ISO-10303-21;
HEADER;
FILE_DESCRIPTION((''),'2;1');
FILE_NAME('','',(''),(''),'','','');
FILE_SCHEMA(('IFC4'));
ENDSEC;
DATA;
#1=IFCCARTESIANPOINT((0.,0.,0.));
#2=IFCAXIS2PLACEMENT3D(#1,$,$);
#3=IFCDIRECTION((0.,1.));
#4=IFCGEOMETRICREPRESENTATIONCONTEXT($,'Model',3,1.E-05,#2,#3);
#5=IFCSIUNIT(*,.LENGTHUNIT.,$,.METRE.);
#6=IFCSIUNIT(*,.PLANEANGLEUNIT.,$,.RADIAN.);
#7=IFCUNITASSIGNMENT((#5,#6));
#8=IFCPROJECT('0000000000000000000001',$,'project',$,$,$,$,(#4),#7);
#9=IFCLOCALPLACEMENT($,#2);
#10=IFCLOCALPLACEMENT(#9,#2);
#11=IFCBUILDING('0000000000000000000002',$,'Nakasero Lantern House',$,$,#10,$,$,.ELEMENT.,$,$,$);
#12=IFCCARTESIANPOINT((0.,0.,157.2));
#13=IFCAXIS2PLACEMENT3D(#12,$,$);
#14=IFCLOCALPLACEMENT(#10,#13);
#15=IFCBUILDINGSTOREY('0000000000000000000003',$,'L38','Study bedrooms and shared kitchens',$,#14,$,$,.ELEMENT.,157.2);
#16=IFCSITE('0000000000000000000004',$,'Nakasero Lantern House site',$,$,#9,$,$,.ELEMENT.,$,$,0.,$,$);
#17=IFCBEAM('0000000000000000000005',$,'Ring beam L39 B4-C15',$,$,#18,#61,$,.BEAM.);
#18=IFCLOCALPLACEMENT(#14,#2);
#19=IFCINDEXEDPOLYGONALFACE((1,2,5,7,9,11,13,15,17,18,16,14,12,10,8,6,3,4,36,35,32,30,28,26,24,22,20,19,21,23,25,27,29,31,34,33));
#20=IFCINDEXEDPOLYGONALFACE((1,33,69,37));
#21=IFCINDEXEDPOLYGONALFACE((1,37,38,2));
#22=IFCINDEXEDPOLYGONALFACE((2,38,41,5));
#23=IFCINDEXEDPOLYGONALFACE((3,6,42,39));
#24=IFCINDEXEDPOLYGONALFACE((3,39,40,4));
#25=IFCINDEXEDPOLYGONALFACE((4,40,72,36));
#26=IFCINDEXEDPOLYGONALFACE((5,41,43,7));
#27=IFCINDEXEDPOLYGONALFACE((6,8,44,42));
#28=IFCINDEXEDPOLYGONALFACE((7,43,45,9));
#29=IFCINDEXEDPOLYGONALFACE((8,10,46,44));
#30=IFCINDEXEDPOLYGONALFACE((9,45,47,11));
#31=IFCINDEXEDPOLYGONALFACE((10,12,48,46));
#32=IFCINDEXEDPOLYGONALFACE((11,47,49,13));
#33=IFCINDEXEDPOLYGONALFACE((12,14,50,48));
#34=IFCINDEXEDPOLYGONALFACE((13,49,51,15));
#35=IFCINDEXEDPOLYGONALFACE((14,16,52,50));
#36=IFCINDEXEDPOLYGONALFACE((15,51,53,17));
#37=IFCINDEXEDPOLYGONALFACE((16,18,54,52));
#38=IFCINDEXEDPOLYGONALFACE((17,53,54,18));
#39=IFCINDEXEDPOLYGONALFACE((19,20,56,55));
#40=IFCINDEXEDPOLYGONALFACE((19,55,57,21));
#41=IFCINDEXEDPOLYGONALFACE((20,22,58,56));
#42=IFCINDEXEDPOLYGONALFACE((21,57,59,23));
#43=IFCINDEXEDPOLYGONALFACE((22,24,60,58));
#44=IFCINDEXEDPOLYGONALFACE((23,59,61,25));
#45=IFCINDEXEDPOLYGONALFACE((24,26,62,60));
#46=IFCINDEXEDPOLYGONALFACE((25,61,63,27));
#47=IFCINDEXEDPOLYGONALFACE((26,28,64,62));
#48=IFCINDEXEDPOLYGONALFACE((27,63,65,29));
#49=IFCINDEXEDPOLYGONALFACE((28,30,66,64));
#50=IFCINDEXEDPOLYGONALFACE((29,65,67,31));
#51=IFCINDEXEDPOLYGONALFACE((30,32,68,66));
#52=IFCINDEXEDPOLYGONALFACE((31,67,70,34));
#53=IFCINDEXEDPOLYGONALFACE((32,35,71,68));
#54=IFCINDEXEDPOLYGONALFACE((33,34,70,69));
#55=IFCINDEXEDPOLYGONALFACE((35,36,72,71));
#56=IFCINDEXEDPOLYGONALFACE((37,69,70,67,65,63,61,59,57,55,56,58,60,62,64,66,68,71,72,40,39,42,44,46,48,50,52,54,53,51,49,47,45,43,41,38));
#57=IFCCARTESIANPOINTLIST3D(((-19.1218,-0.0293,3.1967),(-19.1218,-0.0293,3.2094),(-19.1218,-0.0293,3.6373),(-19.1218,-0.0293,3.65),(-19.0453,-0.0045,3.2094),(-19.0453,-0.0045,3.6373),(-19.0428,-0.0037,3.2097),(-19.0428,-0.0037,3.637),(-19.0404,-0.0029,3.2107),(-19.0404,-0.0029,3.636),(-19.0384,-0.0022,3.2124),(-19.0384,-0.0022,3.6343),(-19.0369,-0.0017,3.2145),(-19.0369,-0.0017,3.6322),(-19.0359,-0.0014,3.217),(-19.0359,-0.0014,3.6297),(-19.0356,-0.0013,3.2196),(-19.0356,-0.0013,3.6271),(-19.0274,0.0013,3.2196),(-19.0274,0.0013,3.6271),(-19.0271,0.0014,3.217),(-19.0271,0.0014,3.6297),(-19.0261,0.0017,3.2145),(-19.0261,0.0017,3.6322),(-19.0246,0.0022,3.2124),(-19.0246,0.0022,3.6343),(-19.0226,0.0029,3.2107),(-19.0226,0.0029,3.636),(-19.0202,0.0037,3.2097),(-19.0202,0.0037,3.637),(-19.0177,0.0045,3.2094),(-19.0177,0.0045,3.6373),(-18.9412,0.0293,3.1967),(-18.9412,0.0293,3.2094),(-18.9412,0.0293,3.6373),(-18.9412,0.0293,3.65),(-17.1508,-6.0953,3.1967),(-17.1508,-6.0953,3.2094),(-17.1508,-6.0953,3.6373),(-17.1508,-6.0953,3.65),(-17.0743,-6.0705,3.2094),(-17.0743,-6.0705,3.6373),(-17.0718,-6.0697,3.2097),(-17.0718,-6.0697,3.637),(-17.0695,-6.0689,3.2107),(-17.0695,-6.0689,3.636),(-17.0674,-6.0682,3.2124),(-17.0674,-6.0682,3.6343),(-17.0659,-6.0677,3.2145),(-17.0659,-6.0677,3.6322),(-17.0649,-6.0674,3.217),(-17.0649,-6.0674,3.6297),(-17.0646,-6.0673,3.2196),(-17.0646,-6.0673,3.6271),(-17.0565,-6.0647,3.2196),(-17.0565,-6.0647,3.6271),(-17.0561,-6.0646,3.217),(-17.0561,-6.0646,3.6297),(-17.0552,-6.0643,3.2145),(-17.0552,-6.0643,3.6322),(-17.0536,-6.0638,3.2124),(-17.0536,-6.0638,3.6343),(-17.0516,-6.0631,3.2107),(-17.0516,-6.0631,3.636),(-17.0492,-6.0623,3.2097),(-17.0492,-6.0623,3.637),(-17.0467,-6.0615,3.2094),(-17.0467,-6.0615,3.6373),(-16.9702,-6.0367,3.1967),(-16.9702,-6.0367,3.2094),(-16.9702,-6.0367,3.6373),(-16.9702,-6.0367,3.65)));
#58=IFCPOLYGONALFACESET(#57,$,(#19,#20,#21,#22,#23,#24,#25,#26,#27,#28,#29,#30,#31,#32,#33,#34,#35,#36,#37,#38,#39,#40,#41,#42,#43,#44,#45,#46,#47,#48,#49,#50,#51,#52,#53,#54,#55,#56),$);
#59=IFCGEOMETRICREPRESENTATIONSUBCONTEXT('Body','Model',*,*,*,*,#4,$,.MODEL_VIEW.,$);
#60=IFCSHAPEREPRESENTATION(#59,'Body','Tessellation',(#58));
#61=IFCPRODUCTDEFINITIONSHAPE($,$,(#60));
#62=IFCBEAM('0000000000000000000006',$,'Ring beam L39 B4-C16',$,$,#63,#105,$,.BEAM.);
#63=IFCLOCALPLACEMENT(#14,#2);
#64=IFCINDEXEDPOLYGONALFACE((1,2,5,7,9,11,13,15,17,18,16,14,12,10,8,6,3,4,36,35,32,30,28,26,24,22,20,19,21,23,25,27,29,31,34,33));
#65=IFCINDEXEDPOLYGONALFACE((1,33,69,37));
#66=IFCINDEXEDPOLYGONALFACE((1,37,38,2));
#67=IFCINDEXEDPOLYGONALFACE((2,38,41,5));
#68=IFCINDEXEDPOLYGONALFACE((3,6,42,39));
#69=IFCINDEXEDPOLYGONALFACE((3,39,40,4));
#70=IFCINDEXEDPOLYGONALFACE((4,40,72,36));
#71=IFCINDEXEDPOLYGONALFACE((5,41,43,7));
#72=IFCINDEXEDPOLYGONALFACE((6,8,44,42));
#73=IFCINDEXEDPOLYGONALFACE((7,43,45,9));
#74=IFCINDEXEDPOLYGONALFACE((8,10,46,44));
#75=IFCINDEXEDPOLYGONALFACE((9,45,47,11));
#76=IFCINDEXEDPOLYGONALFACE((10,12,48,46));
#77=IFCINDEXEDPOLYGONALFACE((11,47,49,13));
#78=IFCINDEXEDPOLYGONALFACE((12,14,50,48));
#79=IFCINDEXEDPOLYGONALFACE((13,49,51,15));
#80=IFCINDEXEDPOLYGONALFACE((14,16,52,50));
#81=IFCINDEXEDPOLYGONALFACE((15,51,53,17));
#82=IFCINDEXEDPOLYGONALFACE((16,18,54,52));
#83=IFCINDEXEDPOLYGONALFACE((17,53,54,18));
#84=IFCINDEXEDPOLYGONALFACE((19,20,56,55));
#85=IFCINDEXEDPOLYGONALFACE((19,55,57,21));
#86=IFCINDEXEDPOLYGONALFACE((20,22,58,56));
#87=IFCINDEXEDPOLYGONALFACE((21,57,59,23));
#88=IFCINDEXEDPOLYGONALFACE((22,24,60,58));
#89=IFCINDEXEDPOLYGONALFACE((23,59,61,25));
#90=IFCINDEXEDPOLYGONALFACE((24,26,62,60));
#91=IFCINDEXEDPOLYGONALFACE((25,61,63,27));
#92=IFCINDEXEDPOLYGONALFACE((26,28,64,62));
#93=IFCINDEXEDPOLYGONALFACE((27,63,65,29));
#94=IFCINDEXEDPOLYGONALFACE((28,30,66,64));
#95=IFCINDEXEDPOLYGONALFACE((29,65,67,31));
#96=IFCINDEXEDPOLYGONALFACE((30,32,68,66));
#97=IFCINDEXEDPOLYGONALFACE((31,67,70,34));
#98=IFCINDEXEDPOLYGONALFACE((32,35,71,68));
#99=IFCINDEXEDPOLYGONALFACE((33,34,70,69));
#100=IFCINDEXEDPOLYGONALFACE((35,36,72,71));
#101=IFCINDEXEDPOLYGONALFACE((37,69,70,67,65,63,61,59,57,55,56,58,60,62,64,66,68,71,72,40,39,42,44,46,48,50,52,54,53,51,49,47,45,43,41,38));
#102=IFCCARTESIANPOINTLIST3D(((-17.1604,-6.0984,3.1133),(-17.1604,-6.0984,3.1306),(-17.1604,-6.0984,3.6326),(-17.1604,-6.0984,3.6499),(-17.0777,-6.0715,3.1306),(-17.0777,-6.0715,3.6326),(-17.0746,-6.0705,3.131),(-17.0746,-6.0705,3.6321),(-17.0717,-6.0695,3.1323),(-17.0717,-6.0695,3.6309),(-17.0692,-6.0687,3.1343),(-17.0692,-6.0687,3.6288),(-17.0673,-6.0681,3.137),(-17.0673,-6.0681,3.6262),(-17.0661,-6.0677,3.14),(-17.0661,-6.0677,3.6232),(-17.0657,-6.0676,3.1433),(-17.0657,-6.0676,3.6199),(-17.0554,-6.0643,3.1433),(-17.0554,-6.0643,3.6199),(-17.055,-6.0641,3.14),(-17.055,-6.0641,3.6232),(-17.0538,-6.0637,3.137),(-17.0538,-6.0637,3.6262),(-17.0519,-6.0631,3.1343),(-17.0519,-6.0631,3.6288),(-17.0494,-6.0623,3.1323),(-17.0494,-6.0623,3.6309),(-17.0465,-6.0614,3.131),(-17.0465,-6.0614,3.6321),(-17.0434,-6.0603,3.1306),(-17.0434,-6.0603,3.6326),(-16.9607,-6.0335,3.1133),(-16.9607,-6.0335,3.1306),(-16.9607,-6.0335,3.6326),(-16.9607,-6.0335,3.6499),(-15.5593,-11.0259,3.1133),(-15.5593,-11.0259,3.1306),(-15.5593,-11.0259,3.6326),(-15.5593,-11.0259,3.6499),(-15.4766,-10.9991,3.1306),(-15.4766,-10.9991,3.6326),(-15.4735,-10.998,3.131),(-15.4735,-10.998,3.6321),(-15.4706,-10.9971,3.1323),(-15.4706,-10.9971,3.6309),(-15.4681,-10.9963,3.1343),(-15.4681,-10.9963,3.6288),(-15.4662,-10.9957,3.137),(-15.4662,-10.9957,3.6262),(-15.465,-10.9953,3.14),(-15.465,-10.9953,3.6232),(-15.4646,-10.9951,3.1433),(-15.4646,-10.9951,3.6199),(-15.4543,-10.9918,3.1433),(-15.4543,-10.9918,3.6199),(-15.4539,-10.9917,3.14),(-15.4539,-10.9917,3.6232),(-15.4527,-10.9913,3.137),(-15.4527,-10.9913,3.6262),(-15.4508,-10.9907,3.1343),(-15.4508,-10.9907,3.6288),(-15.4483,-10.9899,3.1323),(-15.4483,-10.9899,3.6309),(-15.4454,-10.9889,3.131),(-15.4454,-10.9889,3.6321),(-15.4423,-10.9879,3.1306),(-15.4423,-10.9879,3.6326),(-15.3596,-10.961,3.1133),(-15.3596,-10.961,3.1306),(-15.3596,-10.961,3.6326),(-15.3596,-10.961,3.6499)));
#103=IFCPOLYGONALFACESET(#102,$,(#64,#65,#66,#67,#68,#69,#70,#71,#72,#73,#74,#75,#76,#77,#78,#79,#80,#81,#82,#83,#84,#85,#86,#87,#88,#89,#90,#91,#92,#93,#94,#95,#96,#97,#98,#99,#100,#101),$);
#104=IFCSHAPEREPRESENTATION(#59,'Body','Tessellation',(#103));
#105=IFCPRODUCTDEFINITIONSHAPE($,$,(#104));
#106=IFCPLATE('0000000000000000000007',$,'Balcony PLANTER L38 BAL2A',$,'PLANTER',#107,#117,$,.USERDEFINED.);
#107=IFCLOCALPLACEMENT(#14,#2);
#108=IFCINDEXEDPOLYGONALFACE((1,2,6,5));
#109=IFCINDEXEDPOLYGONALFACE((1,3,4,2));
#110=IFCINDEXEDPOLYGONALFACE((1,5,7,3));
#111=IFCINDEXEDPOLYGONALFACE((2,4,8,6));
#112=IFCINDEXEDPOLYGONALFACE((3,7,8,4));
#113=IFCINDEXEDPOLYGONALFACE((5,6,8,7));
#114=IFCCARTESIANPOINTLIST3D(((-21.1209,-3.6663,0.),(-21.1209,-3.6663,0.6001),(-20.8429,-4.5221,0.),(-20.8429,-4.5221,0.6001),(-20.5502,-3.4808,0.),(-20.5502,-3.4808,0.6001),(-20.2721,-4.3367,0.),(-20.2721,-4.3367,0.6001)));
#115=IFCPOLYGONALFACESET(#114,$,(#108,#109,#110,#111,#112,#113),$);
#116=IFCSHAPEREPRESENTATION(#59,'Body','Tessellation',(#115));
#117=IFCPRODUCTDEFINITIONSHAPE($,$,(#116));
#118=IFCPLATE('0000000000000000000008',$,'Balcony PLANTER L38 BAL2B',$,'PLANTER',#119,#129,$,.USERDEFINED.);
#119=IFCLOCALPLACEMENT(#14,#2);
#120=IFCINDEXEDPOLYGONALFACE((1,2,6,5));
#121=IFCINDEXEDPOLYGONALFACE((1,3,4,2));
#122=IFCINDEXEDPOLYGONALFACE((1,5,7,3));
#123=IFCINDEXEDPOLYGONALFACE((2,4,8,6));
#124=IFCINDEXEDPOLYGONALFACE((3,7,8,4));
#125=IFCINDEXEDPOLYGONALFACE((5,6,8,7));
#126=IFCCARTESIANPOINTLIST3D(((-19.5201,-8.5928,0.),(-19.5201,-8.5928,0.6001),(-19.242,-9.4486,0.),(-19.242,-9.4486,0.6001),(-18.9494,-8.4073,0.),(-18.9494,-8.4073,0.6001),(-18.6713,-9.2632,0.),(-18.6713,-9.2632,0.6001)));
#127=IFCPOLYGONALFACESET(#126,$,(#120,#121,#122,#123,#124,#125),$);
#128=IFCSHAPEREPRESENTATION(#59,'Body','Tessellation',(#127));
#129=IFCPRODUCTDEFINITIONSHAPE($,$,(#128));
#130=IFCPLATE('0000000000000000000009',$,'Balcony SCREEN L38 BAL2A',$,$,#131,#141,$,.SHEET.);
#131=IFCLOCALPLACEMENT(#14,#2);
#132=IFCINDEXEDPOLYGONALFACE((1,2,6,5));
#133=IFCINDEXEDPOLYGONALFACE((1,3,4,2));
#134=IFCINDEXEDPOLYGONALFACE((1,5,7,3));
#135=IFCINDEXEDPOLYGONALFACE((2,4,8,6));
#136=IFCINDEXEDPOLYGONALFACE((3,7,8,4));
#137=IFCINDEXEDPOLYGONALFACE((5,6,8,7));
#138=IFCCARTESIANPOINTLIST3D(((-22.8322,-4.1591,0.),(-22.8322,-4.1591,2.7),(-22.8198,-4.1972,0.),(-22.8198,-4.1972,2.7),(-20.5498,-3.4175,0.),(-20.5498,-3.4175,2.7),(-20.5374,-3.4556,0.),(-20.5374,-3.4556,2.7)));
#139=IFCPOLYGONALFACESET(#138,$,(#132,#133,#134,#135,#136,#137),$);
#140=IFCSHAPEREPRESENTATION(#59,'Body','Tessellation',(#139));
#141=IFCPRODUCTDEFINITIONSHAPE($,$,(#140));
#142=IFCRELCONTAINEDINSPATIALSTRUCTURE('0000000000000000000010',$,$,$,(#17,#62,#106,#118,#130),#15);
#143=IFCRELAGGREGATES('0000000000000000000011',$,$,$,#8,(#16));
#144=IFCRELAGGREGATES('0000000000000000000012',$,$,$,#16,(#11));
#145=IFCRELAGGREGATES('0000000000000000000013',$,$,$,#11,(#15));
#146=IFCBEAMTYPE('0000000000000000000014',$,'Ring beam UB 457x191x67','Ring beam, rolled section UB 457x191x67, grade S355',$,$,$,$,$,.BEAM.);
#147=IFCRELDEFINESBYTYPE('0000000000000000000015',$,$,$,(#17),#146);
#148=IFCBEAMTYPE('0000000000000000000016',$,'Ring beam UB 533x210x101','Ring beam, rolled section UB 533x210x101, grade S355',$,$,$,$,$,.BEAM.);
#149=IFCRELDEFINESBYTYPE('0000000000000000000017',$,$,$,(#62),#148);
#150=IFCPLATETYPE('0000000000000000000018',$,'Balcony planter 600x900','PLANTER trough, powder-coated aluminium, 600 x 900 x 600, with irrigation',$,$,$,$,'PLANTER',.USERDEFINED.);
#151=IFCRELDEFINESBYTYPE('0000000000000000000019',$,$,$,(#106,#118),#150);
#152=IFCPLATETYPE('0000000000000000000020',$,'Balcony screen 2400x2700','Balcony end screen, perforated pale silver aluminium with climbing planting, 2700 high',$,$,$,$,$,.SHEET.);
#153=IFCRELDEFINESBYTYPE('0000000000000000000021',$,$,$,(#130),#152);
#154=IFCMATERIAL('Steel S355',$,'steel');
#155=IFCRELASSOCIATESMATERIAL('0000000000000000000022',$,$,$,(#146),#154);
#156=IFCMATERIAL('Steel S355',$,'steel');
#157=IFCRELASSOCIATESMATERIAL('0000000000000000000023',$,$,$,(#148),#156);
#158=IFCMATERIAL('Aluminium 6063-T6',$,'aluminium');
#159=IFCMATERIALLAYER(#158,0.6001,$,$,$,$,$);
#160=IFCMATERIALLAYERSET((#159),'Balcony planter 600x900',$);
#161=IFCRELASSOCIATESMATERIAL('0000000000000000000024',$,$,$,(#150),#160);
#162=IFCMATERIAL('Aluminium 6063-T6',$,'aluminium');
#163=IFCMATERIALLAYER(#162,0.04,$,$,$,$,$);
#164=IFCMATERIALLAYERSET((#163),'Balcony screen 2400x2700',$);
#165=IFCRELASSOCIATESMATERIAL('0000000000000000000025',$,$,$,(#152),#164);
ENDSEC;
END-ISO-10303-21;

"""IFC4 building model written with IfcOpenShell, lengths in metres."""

from ifc_helpers import new_model, si_unit, direction, frame, origin, origin_2d, place, context, subcontext, project, spatial, rectangle, i_section, extrude, material, layer, layer_set, material_profile, profile_set, type_object, element, save


model = new_model("IFC4")

# Units and contexts
model_context = context("Model", 3, precision=1e-05, world=origin(), true_north=direction((0.0, 1.0)))
body_context = subcontext(model_context, "Body", "Model", "MODEL_VIEW")
ifc_project = project(units=[si_unit("LENGTHUNIT", "METRE"), si_unit("PLANEANGLEUNIT", "RADIAN")], contexts=[model_context])

# Site, building, storey
site_placement = place(None, origin())
site = spatial("IfcSite", under=ifc_project, at=site_placement, Name="Nakasero Lantern House site", CompositionType="ELEMENT", RefElevation=0.0)
building_placement = place(site_placement, origin())
building = spatial("IfcBuilding", under=site, at=building_placement, Name="Nakasero Lantern House", CompositionType="ELEMENT")
storey_placement = place(building_placement, frame((0.0, 0.0, 157.2)))
storey = spatial("IfcBuildingStorey", under=building, at=storey_placement, Name="L38", Description="Study bedrooms and shared kitchens", CompositionType="ELEMENT", Elevation=157.2)

# Beams
ifc_material_1 = material(Name="Steel S355", Category="steel")
ifc_material_profile_1 = material_profile(ifc_material_1, i_section(OverallWidth=0.1899, OverallDepth=0.4534, WebThickness=0.0085, FlangeThickness=0.0127, FilletRadius=0.0103, at=origin_2d()), Name="UB 457x191x67")
ifc_profile_set_1 = profile_set([ifc_material_profile_1], Name="Steel S355")
beam_type_1 = type_object("IfcBeamType", Name="Ring beam UB 457x191x67", Description="Ring beam, rolled section UB 457x191x67, grade S355", PredefinedType="BEAM", material=ifc_profile_set_1)
beam_1_placement = place(storey_placement, frame((-19.0315, 0.0, 3.4233), z_axis=(0.309019, -0.951056, 0.0), x_axis=(0.951056, 0.309019, 0.0)))
element("IfcBeam", 1, at=beam_1_placement, inside=storey, type_object=beam_type_1, Name="Ring beam L39 B4-C15", PredefinedType="BEAM", context=body_context, shape_type="SweptSolid", body=[
    extrude(i_section(OverallWidth=0.1899, OverallDepth=0.4534, WebThickness=0.0085, FlangeThickness=0.0127, FilletRadius=0.0103, at=origin_2d()), origin(), (0.0, 0.0, 1.0), 6.3782),
])
ifc_material_2 = material(Name="Steel S355", Category="steel")
ifc_material_profile_2 = material_profile(ifc_material_2, i_section(OverallWidth=0.21, OverallDepth=0.5366, WebThickness=0.0107, FlangeThickness=0.0173, FilletRadius=0.0127, at=origin_2d()), Name="UB 533x210x101")
ifc_profile_set_2 = profile_set([ifc_material_profile_2], Name="Steel S355")
beam_type_2 = type_object("IfcBeamType", Name="Ring beam UB 533x210x101", Description="Ring beam, rolled section UB 533x210x101, grade S355", PredefinedType="BEAM", material=ifc_profile_set_2)
beam_2_placement = place(storey_placement, frame((-17.0605, -6.0659, 3.3816), z_axis=(0.309023, -0.951054, 0.0), x_axis=(0.951054, 0.309023, 0.0)))
element("IfcBeam", 2, at=beam_2_placement, inside=storey, type_object=beam_type_2, Name="Ring beam L39 B4-C16", PredefinedType="BEAM", context=body_context, shape_type="SweptSolid", body=[
    extrude(i_section(OverallWidth=0.21, OverallDepth=0.5366, WebThickness=0.0107, FlangeThickness=0.0173, FilletRadius=0.0127, at=origin_2d()), origin(), (0.0, 0.0, 1.0), 5.1812),
])

# Plates
ifc_material_3 = material(Name="Aluminium 6063-T6", Category="aluminium")
ifc_layer_1 = layer(ifc_material_3, 0.6001)
ifc_layer_set_1 = layer_set([ifc_layer_1], Name="Balcony planter 600x900")
plate_type_1 = type_object("IfcPlateType", Name="Balcony planter 600x900", Description="PLANTER trough, powder-coated aluminium, 600 x 900 x 600, with irrigation", ElementType="PLANTER", PredefinedType="USERDEFINED", material=ifc_layer_set_1)
for number, where, z_axis, x_axis, name in (
    (3, (-20.6965, -4.0015, 0.0), (0.0, 0.0, 1.0), (-0.951057, -0.309017, 0.0), "Balcony PLANTER L38 BAL2A"),
    (4, (-19.0957, -8.928, 0.0), (0.0, 0.0, 1.0), (-0.951057, -0.309017, 0.0), "Balcony PLANTER L38 BAL2B"),
):
    element("IfcPlate", number, at=place(storey_placement, frame(where, z_axis=z_axis, x_axis=x_axis)), inside=storey, type_object=plate_type_1, Name=name, ObjectType="PLANTER", PredefinedType="USERDEFINED", context=body_context, shape_type="SweptSolid", body=[
        extrude(rectangle(XDim=0.6001, YDim=0.8999, at=origin_2d()), origin(), (0.0, 0.0, 1.0), 0.6001),
    ])
ifc_material_4 = material(Name="Aluminium 6063-T6", Category="aluminium")
ifc_layer_2 = layer(ifc_material_4, 0.04)
ifc_layer_set_2 = layer_set([ifc_layer_2], Name="Balcony screen 2400x2700")
plate_type_2 = type_object("IfcPlateType", Name="Balcony screen 2400x2700", Description="Balcony end screen, perforated pale silver aluminium with climbing planting, 2700 high", PredefinedType="SHEET", material=ifc_layer_set_2)
plate_placement = place(storey_placement, frame((-21.6848, -3.8074, 0.0), z_axis=(0.0, 0.0, 1.0), x_axis=(-0.951057, -0.309017, 0.0)))
element("IfcPlate", 5, at=plate_placement, inside=storey, type_object=plate_type_2, Name="Balcony SCREEN L38 BAL2A", PredefinedType="SHEET", context=body_context, shape_type="SweptSolid", body=[
    extrude(rectangle(XDim=2.3999, YDim=0.04, at=origin_2d()), origin(), (0.0, 0.0, 1.0), 2.7),
])

save(model, "model.ifc")
